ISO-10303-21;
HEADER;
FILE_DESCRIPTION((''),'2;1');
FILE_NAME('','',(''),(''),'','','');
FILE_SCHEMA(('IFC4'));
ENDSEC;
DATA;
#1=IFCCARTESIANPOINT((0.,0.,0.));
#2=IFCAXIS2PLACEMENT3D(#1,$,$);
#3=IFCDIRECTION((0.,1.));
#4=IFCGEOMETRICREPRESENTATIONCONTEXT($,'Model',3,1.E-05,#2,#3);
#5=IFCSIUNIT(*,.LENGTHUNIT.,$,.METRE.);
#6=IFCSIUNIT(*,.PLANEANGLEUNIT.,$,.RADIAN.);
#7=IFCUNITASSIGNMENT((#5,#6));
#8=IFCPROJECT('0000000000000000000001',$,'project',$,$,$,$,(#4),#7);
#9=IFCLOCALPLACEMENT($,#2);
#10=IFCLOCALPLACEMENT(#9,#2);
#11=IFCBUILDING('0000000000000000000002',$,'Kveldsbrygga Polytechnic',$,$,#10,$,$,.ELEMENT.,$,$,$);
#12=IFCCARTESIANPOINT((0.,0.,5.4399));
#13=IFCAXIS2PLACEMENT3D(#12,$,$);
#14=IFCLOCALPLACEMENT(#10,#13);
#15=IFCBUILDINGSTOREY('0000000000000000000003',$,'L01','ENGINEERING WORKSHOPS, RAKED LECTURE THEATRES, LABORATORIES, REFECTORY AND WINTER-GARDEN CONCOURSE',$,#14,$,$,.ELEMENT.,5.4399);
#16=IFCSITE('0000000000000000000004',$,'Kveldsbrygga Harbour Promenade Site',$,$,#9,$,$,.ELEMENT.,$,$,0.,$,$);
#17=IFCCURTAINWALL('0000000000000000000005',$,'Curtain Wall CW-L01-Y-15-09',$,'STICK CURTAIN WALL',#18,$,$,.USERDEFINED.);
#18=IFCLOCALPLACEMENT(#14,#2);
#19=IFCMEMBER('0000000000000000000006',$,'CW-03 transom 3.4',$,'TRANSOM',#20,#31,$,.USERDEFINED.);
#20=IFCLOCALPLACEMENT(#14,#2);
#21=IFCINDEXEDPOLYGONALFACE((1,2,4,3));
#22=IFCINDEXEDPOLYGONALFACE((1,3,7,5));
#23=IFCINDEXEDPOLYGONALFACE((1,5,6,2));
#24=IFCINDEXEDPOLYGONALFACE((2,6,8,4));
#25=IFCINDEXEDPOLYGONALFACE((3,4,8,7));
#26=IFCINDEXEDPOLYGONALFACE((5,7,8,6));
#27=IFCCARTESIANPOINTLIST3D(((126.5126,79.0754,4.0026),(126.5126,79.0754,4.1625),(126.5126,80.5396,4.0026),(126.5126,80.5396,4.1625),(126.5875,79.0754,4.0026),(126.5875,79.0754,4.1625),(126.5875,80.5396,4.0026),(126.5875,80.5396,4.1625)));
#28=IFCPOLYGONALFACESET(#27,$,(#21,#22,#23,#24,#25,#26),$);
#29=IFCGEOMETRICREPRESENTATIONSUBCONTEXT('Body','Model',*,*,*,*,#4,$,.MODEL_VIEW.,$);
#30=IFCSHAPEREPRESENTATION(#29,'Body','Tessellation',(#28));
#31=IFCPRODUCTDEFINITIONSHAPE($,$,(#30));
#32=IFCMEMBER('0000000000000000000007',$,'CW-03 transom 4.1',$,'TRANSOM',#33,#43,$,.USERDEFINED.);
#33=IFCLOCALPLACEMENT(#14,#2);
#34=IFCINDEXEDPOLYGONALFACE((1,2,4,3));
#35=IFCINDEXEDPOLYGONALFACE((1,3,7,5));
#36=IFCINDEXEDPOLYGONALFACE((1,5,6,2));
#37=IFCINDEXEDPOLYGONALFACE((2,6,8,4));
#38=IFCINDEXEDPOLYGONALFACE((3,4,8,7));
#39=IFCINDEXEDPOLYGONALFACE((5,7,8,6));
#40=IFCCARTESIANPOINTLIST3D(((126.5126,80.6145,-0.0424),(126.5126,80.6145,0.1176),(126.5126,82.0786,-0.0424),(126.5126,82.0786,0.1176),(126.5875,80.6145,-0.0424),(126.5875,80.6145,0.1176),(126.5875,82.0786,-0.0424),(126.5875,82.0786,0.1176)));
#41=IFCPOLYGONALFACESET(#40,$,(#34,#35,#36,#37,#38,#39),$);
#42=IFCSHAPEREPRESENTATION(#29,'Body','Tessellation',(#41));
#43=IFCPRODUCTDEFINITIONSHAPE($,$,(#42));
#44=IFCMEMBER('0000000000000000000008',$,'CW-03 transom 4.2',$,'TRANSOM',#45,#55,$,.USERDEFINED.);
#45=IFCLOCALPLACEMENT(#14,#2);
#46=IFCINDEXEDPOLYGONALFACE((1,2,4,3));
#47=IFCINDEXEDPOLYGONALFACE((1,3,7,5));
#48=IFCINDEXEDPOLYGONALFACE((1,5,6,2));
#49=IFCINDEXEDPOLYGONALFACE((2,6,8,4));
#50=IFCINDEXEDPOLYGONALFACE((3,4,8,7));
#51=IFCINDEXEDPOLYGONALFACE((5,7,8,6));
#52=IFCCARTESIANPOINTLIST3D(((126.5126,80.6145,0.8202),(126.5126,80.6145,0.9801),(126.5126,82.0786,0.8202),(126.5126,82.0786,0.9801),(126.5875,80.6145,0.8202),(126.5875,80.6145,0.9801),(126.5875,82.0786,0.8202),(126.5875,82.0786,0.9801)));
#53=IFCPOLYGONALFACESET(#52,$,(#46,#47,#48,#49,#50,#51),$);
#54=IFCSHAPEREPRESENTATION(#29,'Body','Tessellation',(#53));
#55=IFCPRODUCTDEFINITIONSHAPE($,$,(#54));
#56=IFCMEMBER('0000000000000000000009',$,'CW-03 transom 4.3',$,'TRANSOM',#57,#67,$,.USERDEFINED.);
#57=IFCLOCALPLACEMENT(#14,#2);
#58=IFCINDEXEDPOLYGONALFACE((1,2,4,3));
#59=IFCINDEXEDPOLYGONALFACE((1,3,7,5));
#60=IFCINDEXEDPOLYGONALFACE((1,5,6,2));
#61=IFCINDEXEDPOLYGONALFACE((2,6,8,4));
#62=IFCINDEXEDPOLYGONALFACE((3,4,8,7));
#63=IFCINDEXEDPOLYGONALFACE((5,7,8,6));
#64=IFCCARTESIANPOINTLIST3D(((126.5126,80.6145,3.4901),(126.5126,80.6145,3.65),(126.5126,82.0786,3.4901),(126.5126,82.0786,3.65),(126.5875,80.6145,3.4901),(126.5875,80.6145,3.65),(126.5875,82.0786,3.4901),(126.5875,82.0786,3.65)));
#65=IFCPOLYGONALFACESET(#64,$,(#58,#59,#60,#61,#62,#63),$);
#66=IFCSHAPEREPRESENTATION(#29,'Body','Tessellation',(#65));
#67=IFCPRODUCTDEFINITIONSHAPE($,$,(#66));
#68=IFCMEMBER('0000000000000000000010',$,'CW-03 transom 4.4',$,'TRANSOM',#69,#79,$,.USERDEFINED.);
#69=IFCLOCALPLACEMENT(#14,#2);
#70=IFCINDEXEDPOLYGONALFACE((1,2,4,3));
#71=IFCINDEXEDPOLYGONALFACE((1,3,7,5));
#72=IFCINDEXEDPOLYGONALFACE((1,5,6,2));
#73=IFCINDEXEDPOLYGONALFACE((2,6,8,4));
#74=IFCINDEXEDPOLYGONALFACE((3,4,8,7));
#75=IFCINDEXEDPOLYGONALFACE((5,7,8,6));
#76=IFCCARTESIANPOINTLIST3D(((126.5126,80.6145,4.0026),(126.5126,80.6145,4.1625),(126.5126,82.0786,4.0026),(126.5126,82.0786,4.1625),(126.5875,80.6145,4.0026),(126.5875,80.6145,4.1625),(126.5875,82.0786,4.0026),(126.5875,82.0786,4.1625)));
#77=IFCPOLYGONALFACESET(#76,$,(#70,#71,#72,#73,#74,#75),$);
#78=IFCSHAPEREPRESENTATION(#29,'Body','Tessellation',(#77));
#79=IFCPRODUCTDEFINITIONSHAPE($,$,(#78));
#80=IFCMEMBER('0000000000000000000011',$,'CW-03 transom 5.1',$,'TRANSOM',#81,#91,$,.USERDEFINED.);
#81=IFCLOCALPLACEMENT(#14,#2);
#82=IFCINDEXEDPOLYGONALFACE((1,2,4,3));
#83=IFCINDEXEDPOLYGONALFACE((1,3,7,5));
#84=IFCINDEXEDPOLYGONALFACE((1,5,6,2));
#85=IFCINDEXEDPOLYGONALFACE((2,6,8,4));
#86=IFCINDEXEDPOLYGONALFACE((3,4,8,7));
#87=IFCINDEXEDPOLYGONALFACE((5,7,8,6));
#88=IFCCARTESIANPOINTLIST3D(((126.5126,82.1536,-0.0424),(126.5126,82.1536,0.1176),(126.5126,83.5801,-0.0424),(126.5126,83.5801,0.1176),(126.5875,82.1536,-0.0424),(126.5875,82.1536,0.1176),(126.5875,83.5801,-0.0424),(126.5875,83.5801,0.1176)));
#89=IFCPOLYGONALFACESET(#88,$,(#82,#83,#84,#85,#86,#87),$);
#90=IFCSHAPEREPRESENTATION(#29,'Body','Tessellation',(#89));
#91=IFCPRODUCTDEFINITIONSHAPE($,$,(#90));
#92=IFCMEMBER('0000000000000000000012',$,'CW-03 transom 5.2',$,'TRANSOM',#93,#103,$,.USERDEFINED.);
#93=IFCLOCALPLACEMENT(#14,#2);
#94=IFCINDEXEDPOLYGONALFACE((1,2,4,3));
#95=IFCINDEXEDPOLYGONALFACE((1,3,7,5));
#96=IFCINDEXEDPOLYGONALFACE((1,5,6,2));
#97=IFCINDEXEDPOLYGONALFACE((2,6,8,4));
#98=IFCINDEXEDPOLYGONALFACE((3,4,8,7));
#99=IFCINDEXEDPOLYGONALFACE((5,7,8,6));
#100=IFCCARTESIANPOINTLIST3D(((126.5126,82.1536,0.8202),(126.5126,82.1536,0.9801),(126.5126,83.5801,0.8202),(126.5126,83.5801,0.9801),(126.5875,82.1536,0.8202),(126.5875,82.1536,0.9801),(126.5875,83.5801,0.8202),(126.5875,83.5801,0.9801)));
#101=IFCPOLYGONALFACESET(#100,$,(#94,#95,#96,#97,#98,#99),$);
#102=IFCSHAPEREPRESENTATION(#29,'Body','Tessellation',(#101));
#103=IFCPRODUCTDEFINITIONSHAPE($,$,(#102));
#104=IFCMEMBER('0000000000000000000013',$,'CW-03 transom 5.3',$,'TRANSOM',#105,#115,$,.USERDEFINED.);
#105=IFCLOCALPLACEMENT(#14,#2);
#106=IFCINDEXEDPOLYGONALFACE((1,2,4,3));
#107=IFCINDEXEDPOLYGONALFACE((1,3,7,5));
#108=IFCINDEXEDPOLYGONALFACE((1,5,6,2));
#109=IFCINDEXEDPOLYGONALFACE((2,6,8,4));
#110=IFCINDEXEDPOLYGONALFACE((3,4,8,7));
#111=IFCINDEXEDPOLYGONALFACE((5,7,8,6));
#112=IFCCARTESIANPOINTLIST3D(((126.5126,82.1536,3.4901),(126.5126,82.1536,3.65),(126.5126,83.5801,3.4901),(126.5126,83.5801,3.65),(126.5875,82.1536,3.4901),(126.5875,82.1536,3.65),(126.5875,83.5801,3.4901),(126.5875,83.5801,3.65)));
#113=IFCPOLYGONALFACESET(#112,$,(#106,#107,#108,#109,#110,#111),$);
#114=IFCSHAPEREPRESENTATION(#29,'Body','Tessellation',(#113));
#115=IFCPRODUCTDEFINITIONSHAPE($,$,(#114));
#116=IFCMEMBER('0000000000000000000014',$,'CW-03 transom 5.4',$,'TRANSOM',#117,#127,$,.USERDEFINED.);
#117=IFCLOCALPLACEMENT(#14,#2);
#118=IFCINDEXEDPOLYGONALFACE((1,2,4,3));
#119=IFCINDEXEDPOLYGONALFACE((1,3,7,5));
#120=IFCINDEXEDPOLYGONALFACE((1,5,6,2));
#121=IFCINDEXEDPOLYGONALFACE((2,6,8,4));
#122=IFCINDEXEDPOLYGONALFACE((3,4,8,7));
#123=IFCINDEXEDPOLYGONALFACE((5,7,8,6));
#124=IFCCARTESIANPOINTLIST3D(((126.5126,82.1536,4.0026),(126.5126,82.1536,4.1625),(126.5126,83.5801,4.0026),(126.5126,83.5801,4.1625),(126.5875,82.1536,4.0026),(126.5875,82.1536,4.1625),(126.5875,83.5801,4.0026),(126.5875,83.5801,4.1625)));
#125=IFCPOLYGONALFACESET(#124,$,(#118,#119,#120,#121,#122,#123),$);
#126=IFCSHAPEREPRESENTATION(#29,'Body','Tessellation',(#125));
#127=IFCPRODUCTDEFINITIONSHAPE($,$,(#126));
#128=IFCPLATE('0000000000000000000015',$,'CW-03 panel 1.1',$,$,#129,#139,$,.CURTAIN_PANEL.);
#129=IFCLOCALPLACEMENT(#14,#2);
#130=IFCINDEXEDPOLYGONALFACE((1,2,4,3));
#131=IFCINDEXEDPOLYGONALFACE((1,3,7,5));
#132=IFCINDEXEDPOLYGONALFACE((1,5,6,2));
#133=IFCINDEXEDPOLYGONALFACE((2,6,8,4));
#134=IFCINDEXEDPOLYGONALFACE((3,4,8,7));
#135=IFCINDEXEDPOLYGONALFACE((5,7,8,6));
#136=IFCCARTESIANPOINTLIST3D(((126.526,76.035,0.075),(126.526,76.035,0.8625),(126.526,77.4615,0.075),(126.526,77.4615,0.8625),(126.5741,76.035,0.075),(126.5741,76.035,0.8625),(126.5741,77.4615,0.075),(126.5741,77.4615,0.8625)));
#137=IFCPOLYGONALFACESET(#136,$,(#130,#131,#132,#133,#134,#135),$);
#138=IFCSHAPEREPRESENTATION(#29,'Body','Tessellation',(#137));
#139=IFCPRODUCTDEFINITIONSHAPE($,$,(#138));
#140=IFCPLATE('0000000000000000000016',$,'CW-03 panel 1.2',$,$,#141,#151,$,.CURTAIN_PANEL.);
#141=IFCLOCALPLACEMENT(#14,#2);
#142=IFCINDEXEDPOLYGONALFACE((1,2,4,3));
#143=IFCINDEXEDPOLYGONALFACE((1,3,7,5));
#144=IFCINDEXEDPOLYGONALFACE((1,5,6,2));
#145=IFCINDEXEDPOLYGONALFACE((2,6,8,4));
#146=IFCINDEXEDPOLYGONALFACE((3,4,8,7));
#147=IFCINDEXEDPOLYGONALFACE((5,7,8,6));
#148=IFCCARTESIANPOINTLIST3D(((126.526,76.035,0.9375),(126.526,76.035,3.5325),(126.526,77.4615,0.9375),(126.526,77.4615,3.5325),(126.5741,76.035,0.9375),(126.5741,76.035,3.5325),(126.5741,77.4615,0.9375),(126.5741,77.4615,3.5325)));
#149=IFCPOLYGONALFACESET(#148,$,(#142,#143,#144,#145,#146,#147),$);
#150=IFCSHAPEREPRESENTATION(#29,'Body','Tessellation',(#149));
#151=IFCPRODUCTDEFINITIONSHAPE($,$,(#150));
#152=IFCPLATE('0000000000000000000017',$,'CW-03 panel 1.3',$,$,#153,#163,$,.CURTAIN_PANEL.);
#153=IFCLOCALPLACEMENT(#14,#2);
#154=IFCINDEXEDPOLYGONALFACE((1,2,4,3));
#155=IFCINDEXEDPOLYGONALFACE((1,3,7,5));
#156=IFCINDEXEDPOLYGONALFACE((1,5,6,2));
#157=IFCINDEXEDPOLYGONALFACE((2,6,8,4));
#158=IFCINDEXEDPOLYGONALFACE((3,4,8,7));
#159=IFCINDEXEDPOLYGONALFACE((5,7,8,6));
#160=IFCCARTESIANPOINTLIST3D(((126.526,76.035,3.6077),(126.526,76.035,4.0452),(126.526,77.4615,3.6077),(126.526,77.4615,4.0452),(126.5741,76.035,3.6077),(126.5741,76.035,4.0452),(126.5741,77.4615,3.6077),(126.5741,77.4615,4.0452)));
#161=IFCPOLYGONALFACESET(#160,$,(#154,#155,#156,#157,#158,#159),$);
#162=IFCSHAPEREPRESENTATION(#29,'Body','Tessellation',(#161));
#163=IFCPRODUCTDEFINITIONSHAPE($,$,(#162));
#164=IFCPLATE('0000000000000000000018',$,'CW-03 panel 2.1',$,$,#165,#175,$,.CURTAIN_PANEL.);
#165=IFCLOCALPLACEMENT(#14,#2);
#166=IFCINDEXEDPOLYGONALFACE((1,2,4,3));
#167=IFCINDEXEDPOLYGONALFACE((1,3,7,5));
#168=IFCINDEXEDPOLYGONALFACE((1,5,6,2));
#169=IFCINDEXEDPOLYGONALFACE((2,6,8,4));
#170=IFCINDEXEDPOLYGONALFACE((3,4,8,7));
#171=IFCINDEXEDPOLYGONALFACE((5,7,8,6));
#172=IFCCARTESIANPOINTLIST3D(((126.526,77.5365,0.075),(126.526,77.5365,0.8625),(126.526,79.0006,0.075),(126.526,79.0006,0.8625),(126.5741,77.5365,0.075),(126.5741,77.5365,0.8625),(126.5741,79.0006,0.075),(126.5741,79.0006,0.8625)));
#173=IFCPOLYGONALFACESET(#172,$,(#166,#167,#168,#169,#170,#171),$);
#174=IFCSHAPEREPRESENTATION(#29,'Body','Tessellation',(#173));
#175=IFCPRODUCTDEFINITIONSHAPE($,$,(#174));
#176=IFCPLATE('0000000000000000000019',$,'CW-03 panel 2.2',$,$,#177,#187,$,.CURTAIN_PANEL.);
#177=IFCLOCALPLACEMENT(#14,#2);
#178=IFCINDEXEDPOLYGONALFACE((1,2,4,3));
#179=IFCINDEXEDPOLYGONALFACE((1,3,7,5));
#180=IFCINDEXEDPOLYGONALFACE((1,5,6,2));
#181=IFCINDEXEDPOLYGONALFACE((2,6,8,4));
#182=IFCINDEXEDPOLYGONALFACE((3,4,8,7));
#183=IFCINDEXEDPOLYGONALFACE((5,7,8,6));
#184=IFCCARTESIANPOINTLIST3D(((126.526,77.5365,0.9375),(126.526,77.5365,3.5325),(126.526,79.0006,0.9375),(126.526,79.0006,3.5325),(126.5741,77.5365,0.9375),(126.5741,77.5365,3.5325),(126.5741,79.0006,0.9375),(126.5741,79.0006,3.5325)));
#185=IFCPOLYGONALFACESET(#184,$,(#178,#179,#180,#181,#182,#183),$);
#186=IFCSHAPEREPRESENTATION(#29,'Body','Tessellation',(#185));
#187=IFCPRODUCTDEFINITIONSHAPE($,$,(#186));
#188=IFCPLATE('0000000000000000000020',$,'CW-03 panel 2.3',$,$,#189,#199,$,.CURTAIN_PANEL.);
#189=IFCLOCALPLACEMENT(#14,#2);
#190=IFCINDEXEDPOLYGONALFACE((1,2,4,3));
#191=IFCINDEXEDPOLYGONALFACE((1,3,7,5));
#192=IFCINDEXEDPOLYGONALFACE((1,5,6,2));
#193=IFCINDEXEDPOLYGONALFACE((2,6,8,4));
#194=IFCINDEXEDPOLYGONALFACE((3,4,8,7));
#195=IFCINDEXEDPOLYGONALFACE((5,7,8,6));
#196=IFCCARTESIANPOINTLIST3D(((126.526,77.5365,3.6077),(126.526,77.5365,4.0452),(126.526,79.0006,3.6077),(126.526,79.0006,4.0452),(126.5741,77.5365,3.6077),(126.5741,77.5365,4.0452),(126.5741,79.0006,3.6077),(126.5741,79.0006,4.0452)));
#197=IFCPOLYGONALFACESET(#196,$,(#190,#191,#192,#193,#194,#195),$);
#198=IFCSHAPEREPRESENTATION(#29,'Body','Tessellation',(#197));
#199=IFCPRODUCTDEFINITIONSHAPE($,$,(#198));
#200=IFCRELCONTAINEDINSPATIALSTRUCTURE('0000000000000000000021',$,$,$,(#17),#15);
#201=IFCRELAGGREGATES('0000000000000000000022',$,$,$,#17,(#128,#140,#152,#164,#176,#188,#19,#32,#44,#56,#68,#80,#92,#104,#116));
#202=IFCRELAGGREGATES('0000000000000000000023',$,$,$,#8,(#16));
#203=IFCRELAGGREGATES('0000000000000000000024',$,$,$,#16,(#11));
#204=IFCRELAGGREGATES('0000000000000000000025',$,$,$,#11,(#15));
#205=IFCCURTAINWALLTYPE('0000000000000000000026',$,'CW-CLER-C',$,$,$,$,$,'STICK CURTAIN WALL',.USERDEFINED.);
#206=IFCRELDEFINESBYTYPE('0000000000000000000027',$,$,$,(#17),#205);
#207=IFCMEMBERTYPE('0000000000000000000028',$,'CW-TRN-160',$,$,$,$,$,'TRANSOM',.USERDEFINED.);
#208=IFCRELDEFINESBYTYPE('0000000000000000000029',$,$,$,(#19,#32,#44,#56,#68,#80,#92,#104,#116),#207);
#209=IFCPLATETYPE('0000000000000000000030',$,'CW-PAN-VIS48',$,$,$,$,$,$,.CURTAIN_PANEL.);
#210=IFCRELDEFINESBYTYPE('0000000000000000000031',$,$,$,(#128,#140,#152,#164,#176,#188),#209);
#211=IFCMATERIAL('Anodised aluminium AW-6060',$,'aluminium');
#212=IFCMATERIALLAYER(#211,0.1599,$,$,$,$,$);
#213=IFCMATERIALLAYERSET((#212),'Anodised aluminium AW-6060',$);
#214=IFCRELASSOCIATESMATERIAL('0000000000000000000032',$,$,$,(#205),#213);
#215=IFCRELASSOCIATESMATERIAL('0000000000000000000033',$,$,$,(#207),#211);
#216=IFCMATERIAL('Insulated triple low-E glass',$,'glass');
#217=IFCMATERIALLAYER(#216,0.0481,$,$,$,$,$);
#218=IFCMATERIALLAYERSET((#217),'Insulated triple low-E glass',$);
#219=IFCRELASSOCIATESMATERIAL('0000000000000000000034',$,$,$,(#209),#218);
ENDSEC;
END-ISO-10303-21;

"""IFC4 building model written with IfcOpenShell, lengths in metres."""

from ifc_helpers import new_model, si_unit, direction, frame, origin, origin_2d, place, context, subcontext, project, spatial, rectangle, extrude, material, layer, layer_set, material_profile, profile_set, type_object, element, aggregate, save


model = new_model("IFC4")

# Units and contexts
model_context = context("Model", 3, precision=1e-05, world=origin(), true_north=direction((0.0, 1.0)))
body_context = subcontext(model_context, "Body", "Model", "MODEL_VIEW")
ifc_project = project(units=[si_unit("LENGTHUNIT", "METRE"), si_unit("PLANEANGLEUNIT", "RADIAN")], contexts=[model_context])

# Site, building, storey
site_placement = place(None, origin())
site = spatial("IfcSite", under=ifc_project, at=site_placement, Name="Kveldsbrygga Harbour Promenade Site", CompositionType="ELEMENT", RefElevation=0.0)
building_placement = place(site_placement, origin())
building = spatial("IfcBuilding", under=site, at=building_placement, Name="Kveldsbrygga Polytechnic", CompositionType="ELEMENT")
storey_placement = place(building_placement, frame((0.0, 0.0, 5.4399)))
storey = spatial("IfcBuildingStorey", under=building, at=storey_placement, Name="L01", Description="ENGINEERING WORKSHOPS, RAKED LECTURE THEATRES, LABORATORIES, REFECTORY AND WINTER-GARDEN CONCOURSE", CompositionType="ELEMENT", Elevation=5.4399)

# Curtain wall, members, plates
ifc_material_1 = material(Name="Anodised aluminium AW-6060", Category="aluminium")
ifc_layer_1 = layer(ifc_material_1, 0.1599)
ifc_layer_set_1 = layer_set([ifc_layer_1], Name="Anodised aluminium AW-6060")
curtain_wall_type = type_object("IfcCurtainWallType", Name="CW-CLER-C", ElementType="STICK CURTAIN WALL", PredefinedType="USERDEFINED", material=ifc_layer_set_1)
curtain_wall_placement = place(storey_placement, origin())
curtain_wall = element("IfcCurtainWall", 1, at=curtain_wall_placement, inside=storey, type_object=curtain_wall_type, Name="Curtain Wall CW-L01-Y-15-09", ObjectType="STICK CURTAIN WALL", PredefinedType="USERDEFINED")
ifc_material_profile_1 = material_profile(ifc_material_1, rectangle(XDim=0.075, YDim=0.1599, at=origin_2d()), Name="ALU 75x160")
ifc_profile_set_1 = profile_set([ifc_material_profile_1], Name="Anodised aluminium AW-6060")
member_type_1 = type_object("IfcMemberType", Name="CW-TRN-160", ElementType="TRANSOM", PredefinedType="USERDEFINED", material=ifc_profile_set_1)
member_1_placement = place(storey_placement, frame((126.55, 79.0754, 4.0825), z_axis=(0.0, 1.0, 0.0), x_axis=(-1.0, 0.0, 0.0)))
member_1 = element("IfcMember", 2, at=member_1_placement, type_object=member_type_1, Name="CW-03 transom 3.4", ObjectType="TRANSOM", PredefinedType="USERDEFINED", context=body_context, shape_type="SweptSolid", body=[
    extrude(rectangle(XDim=0.075, YDim=0.1599, at=origin_2d()), origin(), (0.0, 0.0, 1.0), 1.4641),
])
member_2_placement = place(storey_placement, frame((126.55, 80.6145, 0.0376), z_axis=(0.0, 1.0, 0.0), x_axis=(-1.0, 0.0, 0.0)))
member_2 = element("IfcMember", 3, at=member_2_placement, type_object=member_type_1, Name="CW-03 transom 4.1", ObjectType="TRANSOM", PredefinedType="USERDEFINED", context=body_context, shape_type="SweptSolid", body=[
    extrude(rectangle(XDim=0.075, YDim=0.1599, at=origin_2d()), origin(), (0.0, 0.0, 1.0), 1.4641),
])
member_3_placement = place(storey_placement, frame((126.55, 80.6145, 0.9001), z_axis=(0.0, 1.0, 0.0), x_axis=(-1.0, 0.0, 0.0)))
member_3 = element("IfcMember", 4, at=member_3_placement, type_object=member_type_1, Name="CW-03 transom 4.2", ObjectType="TRANSOM", PredefinedType="USERDEFINED", context=body_context, shape_type="SweptSolid", body=[
    extrude(rectangle(XDim=0.075, YDim=0.1599, at=origin_2d()), origin(), (0.0, 0.0, 1.0), 1.4641),
])
member_4_placement = place(storey_placement, frame((126.55, 80.6145, 3.5701), z_axis=(0.0, 1.0, 0.0), x_axis=(-1.0, 0.0, 0.0)))
member_4 = element("IfcMember", 5, at=member_4_placement, type_object=member_type_1, Name="CW-03 transom 4.3", ObjectType="TRANSOM", PredefinedType="USERDEFINED", context=body_context, shape_type="SweptSolid", body=[
    extrude(rectangle(XDim=0.075, YDim=0.1599, at=origin_2d()), origin(), (0.0, 0.0, 1.0), 1.4641),
])
member_5_placement = place(storey_placement, frame((126.55, 80.6145, 4.0825), z_axis=(0.0, 1.0, 0.0), x_axis=(-1.0, 0.0, 0.0)))
member_5 = element("IfcMember", 6, at=member_5_placement, type_object=member_type_1, Name="CW-03 transom 4.4", ObjectType="TRANSOM", PredefinedType="USERDEFINED", context=body_context, shape_type="SweptSolid", body=[
    extrude(rectangle(XDim=0.075, YDim=0.1599, at=origin_2d()), origin(), (0.0, 0.0, 1.0), 1.4641),
])
member_6_placement = place(storey_placement, frame((126.55, 82.1536, 0.0376), z_axis=(0.0, 1.0, 0.0), x_axis=(-1.0, 0.0, 0.0)))
member_6 = element("IfcMember", 7, at=member_6_placement, type_object=member_type_1, Name="CW-03 transom 5.1", ObjectType="TRANSOM", PredefinedType="USERDEFINED", context=body_context, shape_type="SweptSolid", body=[
    extrude(rectangle(XDim=0.075, YDim=0.1599, at=origin_2d()), origin(), (0.0, 0.0, 1.0), 1.4265),
])
member_7_placement = place(storey_placement, frame((126.55, 82.1536, 0.9001), z_axis=(0.0, 1.0, 0.0), x_axis=(-1.0, 0.0, 0.0)))
member_7 = element("IfcMember", 8, at=member_7_placement, type_object=member_type_1, Name="CW-03 transom 5.2", ObjectType="TRANSOM", PredefinedType="USERDEFINED", context=body_context, shape_type="SweptSolid", body=[
    extrude(rectangle(XDim=0.075, YDim=0.1599, at=origin_2d()), origin(), (0.0, 0.0, 1.0), 1.4265),
])
member_8_placement = place(storey_placement, frame((126.55, 82.1536, 3.5701), z_axis=(0.0, 1.0, 0.0), x_axis=(-1.0, 0.0, 0.0)))
member_8 = element("IfcMember", 9, at=member_8_placement, type_object=member_type_1, Name="CW-03 transom 5.3", ObjectType="TRANSOM", PredefinedType="USERDEFINED", context=body_context, shape_type="SweptSolid", body=[
    extrude(rectangle(XDim=0.075, YDim=0.1599, at=origin_2d()), origin(), (0.0, 0.0, 1.0), 1.4265),
])
member_9_placement = place(storey_placement, frame((126.55, 82.1536, 4.0825), z_axis=(0.0, 1.0, 0.0), x_axis=(-1.0, 0.0, 0.0)))
member_9 = element("IfcMember", 10, at=member_9_placement, type_object=member_type_1, Name="CW-03 transom 5.4", ObjectType="TRANSOM", PredefinedType="USERDEFINED", context=body_context, shape_type="SweptSolid", body=[
    extrude(rectangle(XDim=0.075, YDim=0.1599, at=origin_2d()), origin(), (0.0, 0.0, 1.0), 1.4265),
])
ifc_material_2 = material(Name="Insulated triple low-E glass", Category="glass")
ifc_layer_2 = layer(ifc_material_2, 0.0481)
ifc_layer_set_2 = layer_set([ifc_layer_2], Name="Insulated triple low-E glass")
plate_type = type_object("IfcPlateType", Name="CW-PAN-VIS48", PredefinedType="CURTAIN_PANEL", material=ifc_layer_set_2)
plate_1_placement = place(storey_placement, frame((126.55, 76.7483, 0.075), z_axis=(0.0, 0.0, 1.0), x_axis=(0.0, 1.0, 0.0)))
plate_1 = element("IfcPlate", 11, at=plate_1_placement, type_object=plate_type, Name="CW-03 panel 1.1", PredefinedType="CURTAIN_PANEL", context=body_context, shape_type="SweptSolid", body=[
    extrude(rectangle(XDim=1.4265, YDim=0.0481, at=origin_2d()), origin(), (0.0, 0.0, 1.0), 0.7876),
])
plate_2_placement = place(storey_placement, frame((126.55, 76.7483, 0.9375), z_axis=(0.0, 0.0, 1.0), x_axis=(0.0, 1.0, 0.0)))
plate_2 = element("IfcPlate", 12, at=plate_2_placement, type_object=plate_type, Name="CW-03 panel 1.2", PredefinedType="CURTAIN_PANEL", context=body_context, shape_type="SweptSolid", body=[
    extrude(rectangle(XDim=1.4265, YDim=0.0481, at=origin_2d()), origin(), (0.0, 0.0, 1.0), 2.595),
])
plate_3_placement = place(storey_placement, frame((126.55, 76.7483, 3.6077), z_axis=(0.0, 0.0, 1.0), x_axis=(0.0, 1.0, 0.0)))
plate_3 = element("IfcPlate", 13, at=plate_3_placement, type_object=plate_type, Name="CW-03 panel 1.3", PredefinedType="CURTAIN_PANEL", context=body_context, shape_type="SweptSolid", body=[
    extrude(rectangle(XDim=1.4265, YDim=0.0481, at=origin_2d()), origin(), (0.0, 0.0, 1.0), 0.4375),
])
plate_4_placement = place(storey_placement, frame((126.55, 78.2686, 0.075), z_axis=(0.0, 0.0, 1.0), x_axis=(0.0, 1.0, 0.0)))
plate_4 = element("IfcPlate", 14, at=plate_4_placement, type_object=plate_type, Name="CW-03 panel 2.1", PredefinedType="CURTAIN_PANEL", context=body_context, shape_type="SweptSolid", body=[
    extrude(rectangle(XDim=1.4641, YDim=0.0481, at=origin_2d()), origin(), (0.0, 0.0, 1.0), 0.7876),
])
plate_5_placement = place(storey_placement, frame((126.55, 78.2686, 0.9375), z_axis=(0.0, 0.0, 1.0), x_axis=(0.0, 1.0, 0.0)))
plate_5 = element("IfcPlate", 15, at=plate_5_placement, type_object=plate_type, Name="CW-03 panel 2.2", PredefinedType="CURTAIN_PANEL", context=body_context, shape_type="SweptSolid", body=[
    extrude(rectangle(XDim=1.4641, YDim=0.0481, at=origin_2d()), origin(), (0.0, 0.0, 1.0), 2.595),
])
plate_6_placement = place(storey_placement, frame((126.55, 78.2686, 3.6077), z_axis=(0.0, 0.0, 1.0), x_axis=(0.0, 1.0, 0.0)))
plate_6 = element("IfcPlate", 16, at=plate_6_placement, type_object=plate_type, Name="CW-03 panel 2.3", PredefinedType="CURTAIN_PANEL", context=body_context, shape_type="SweptSolid", body=[
    extrude(rectangle(XDim=1.4641, YDim=0.0481, at=origin_2d()), origin(), (0.0, 0.0, 1.0), 0.4375),
])
aggregate(curtain_wall, [plate_1, plate_2, plate_3, plate_4, plate_5, plate_6, member_1, member_2, member_3, member_4, member_5, member_6, member_7, member_8, member_9])

save(model, "model.ifc")
